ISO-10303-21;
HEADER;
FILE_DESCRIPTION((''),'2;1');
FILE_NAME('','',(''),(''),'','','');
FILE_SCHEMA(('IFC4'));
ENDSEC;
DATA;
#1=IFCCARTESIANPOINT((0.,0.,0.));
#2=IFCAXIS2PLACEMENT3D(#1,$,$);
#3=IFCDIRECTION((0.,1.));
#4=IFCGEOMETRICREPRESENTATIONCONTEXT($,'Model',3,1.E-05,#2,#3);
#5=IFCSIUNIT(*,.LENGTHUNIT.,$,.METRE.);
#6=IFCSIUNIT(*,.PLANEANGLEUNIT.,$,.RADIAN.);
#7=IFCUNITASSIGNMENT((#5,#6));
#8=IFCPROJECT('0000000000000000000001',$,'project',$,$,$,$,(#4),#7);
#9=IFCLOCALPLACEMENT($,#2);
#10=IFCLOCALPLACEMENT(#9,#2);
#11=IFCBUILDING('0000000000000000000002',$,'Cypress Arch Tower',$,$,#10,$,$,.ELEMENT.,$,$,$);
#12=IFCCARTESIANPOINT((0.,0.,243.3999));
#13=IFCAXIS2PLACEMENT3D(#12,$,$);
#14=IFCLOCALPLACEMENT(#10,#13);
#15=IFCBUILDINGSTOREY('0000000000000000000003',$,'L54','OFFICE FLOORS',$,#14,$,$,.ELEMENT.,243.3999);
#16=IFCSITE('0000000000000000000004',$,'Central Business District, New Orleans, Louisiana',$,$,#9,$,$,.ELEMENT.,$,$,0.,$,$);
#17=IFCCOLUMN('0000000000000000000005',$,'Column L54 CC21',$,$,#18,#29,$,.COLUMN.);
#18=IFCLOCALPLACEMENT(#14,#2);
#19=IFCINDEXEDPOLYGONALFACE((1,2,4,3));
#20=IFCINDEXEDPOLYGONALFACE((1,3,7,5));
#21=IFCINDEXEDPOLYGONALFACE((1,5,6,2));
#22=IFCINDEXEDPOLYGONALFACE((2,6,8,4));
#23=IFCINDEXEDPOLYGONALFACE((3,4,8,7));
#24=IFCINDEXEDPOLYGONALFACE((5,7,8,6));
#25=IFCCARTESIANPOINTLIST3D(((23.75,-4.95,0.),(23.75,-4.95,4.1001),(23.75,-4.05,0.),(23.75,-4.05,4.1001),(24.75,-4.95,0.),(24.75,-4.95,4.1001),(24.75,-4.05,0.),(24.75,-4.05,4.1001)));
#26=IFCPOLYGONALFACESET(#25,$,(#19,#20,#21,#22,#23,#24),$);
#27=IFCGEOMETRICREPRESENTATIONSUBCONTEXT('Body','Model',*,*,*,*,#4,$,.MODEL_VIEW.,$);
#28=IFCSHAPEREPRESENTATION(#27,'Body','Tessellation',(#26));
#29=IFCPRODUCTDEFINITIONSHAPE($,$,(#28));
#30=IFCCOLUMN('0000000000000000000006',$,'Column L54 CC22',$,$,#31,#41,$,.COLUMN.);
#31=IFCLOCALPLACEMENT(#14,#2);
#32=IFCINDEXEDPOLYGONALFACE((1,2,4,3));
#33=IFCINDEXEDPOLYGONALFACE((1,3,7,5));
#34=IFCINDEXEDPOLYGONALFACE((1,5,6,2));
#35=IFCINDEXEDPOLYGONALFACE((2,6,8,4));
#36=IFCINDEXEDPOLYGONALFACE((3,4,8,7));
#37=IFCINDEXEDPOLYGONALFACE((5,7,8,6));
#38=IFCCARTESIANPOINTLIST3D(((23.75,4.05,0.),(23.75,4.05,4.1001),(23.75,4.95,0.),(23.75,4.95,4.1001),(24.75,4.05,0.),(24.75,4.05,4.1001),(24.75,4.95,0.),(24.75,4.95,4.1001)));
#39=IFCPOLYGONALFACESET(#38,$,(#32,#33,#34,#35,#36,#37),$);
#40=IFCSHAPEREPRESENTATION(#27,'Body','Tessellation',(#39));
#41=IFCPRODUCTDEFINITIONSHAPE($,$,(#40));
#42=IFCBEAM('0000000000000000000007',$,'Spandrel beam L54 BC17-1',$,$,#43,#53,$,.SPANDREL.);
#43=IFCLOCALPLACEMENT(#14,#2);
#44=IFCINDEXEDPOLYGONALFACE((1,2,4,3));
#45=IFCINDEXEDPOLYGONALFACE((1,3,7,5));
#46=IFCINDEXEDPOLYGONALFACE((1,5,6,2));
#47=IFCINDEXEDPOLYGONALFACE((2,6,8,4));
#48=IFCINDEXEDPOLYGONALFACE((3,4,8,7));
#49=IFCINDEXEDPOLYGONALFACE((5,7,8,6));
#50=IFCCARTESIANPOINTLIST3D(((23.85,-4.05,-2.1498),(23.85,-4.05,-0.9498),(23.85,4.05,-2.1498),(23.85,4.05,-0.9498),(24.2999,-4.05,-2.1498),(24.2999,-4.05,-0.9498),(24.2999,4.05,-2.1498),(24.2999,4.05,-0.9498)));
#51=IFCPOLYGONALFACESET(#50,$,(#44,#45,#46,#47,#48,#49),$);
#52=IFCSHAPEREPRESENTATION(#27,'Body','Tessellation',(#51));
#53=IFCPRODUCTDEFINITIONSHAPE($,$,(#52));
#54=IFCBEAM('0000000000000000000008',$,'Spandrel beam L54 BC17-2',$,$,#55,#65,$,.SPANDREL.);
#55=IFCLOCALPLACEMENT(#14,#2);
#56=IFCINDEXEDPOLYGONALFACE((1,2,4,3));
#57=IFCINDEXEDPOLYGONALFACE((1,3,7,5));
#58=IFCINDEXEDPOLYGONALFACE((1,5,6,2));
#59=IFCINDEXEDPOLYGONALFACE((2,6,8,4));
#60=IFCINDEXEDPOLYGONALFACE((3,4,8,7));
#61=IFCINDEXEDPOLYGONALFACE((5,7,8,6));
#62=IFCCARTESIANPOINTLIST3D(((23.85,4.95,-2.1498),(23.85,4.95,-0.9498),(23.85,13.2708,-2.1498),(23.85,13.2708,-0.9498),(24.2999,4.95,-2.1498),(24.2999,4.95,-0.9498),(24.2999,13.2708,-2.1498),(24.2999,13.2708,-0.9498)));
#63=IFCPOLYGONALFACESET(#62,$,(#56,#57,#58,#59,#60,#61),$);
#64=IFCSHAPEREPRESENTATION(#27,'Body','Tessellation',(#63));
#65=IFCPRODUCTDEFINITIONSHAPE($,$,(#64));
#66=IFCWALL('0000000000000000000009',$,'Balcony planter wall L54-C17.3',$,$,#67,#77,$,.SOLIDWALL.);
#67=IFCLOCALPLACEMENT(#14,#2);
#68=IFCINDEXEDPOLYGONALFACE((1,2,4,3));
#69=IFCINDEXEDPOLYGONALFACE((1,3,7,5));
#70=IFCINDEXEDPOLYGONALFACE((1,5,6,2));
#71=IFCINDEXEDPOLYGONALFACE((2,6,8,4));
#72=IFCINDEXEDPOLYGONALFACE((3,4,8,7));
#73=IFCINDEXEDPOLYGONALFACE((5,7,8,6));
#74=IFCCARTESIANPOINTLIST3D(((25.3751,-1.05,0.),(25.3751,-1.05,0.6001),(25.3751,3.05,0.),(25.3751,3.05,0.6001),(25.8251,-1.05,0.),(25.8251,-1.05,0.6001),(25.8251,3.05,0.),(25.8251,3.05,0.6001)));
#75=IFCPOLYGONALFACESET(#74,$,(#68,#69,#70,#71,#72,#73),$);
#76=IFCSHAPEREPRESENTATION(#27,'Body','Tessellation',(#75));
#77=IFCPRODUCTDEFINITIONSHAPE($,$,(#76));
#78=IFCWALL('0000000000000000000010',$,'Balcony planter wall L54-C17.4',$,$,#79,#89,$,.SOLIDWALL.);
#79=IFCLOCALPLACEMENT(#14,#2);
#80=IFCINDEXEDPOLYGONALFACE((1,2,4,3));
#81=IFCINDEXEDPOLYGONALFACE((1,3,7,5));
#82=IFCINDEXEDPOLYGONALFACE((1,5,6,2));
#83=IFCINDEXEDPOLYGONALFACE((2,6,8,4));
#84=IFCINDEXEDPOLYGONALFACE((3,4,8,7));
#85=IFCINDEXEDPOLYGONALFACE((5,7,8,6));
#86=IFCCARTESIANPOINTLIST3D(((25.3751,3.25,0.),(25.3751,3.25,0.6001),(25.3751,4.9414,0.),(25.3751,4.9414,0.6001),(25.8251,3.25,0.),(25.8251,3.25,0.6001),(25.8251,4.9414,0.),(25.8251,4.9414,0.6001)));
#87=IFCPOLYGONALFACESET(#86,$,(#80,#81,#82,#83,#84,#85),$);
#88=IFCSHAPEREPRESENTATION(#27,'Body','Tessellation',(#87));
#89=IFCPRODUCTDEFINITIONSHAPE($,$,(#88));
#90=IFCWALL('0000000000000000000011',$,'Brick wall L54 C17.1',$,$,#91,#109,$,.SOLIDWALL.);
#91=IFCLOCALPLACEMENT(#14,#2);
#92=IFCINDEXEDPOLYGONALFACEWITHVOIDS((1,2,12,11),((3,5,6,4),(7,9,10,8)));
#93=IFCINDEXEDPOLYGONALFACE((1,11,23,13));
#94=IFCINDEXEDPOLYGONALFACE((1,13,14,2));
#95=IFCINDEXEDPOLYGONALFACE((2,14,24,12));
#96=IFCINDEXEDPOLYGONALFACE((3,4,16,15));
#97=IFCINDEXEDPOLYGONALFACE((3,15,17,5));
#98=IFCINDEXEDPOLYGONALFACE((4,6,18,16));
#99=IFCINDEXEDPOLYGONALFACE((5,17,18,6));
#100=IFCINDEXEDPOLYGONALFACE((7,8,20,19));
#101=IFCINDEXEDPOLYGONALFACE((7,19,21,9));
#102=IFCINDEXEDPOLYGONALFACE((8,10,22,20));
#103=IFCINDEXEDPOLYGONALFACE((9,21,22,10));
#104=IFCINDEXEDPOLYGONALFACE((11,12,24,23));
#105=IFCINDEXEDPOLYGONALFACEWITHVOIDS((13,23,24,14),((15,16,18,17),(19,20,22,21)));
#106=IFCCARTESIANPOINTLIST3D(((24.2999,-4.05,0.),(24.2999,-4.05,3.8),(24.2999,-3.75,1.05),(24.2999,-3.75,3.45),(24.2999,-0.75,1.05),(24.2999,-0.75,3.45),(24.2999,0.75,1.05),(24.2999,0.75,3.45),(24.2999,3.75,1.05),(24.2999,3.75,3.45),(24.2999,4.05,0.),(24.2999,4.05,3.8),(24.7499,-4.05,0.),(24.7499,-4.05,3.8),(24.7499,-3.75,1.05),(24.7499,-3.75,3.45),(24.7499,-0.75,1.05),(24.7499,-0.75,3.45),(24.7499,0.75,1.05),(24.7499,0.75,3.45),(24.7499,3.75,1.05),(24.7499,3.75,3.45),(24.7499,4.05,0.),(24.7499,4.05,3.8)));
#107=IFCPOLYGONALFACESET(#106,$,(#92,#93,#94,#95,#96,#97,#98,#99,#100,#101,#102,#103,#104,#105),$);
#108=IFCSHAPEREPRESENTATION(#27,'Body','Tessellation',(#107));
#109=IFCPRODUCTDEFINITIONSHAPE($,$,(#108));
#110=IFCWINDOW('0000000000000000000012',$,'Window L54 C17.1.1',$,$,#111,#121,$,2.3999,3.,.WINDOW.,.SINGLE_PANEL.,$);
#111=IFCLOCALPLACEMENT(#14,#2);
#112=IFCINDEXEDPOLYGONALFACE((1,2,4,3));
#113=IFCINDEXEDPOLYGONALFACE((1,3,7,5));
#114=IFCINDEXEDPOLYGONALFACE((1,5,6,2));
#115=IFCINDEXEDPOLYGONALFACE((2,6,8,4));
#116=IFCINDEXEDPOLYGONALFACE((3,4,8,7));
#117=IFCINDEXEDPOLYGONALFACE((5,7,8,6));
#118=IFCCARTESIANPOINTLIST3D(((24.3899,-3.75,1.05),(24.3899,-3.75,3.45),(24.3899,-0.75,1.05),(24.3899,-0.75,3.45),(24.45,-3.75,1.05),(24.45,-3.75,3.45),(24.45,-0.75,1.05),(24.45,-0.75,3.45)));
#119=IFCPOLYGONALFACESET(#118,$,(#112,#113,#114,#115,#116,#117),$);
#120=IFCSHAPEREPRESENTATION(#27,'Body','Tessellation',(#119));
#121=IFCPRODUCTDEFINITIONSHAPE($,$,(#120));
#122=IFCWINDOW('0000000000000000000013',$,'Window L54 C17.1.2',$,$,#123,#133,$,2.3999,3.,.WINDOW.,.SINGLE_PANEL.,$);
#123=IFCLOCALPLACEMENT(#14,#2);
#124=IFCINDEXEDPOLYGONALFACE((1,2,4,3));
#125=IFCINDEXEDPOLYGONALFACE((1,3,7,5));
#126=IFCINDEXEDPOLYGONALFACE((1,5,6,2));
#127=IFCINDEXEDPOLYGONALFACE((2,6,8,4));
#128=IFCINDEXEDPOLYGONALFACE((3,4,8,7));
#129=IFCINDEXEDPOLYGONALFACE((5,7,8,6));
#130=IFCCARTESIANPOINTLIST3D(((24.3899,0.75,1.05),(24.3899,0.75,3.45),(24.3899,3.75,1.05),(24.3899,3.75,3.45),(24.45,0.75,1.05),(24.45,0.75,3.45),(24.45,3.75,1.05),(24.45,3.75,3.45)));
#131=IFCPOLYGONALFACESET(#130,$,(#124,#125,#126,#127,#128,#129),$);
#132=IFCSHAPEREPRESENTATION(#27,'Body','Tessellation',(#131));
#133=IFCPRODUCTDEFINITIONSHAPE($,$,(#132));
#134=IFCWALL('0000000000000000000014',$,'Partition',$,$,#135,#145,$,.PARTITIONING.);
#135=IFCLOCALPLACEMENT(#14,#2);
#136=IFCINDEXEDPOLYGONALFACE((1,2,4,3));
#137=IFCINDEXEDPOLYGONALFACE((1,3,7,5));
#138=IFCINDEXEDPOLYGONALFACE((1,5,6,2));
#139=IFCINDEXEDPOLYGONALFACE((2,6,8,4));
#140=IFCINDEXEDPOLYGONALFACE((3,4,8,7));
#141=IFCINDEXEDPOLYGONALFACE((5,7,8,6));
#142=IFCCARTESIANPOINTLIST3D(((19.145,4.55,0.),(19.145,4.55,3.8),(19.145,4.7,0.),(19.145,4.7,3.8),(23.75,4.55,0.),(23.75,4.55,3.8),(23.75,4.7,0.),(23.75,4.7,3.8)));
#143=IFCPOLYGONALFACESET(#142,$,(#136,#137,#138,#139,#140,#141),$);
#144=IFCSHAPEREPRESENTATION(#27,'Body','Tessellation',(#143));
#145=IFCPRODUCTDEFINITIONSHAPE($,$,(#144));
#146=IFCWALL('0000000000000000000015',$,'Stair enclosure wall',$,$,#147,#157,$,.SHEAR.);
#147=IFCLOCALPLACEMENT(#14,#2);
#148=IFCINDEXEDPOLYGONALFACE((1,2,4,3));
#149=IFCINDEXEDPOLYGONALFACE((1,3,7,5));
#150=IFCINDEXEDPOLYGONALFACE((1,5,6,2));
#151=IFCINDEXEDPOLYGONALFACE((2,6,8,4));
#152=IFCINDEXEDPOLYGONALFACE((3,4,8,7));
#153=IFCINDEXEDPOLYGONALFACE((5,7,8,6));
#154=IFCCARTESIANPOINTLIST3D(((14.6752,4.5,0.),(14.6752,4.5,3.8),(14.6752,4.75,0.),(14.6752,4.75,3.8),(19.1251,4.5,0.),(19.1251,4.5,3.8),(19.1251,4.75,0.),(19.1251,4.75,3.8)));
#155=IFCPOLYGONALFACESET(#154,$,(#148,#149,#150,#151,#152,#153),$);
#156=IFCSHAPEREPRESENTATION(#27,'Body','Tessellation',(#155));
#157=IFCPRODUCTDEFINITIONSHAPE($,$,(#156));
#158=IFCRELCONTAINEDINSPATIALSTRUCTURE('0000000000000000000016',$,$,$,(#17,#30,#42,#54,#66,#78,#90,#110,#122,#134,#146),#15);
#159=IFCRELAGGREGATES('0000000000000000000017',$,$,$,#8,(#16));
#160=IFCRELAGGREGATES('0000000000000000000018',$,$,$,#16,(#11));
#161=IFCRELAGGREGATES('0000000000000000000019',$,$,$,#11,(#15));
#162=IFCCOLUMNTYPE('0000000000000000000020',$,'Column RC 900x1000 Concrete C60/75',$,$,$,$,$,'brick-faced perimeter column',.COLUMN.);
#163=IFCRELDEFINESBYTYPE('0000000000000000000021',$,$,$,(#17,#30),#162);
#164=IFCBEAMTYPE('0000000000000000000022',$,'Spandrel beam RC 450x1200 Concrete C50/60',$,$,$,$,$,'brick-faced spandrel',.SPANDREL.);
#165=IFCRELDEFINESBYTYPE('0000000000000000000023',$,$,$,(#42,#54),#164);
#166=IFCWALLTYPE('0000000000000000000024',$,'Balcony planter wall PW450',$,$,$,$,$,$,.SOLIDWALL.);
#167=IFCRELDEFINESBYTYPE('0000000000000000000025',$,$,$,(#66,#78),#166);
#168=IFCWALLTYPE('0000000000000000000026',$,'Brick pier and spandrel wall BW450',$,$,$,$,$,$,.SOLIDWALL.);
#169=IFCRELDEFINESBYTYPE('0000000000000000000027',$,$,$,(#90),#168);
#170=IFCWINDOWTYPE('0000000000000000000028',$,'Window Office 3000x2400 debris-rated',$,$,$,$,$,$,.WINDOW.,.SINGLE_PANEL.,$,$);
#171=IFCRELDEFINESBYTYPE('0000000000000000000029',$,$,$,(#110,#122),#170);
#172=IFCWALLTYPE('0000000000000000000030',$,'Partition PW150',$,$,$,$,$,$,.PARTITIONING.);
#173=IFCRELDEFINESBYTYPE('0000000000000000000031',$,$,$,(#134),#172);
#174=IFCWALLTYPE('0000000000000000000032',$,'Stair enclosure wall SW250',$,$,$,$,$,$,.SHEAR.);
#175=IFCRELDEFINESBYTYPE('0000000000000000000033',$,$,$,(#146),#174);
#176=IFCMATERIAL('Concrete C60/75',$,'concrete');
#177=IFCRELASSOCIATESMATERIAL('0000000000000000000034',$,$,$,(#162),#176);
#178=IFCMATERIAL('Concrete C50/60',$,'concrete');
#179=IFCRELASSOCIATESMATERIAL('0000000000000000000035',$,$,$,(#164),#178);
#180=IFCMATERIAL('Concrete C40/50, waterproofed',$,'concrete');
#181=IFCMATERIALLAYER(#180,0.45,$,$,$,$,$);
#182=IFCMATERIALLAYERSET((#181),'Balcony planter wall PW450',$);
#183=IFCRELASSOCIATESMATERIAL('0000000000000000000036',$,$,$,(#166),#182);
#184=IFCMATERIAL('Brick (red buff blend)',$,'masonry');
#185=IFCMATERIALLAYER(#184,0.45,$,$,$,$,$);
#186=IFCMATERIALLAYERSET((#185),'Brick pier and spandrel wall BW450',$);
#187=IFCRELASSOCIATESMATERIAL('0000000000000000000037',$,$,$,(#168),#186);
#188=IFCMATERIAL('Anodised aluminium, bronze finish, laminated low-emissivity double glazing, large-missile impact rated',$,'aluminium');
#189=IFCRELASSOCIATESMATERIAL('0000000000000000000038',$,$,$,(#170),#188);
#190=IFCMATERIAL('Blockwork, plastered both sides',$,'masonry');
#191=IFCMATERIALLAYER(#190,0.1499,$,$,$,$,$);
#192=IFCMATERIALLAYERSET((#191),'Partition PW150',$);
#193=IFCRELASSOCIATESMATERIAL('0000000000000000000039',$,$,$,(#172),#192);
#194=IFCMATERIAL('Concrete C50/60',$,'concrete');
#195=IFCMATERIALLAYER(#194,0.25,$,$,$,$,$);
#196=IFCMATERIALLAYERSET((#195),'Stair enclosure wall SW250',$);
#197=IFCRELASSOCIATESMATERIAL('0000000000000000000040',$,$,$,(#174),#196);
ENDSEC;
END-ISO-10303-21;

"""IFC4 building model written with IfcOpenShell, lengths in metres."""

from ifc_helpers import new_model, si_unit, direction, frame, frame_2d, origin, origin_2d, place, context, subcontext, project, spatial, rectangle, extrude, material, layer, layer_set, material_profile, profile_set, type_object, element, fill, save


model = new_model("IFC4")

# Units and contexts
model_context = context("Model", 3, precision=1e-05, world=origin(), true_north=direction((0.0, 1.0)))
body_context = subcontext(model_context, "Body", "Model", "MODEL_VIEW")
ifc_project = project(units=[si_unit("LENGTHUNIT", "METRE"), si_unit("PLANEANGLEUNIT", "RADIAN")], contexts=[model_context])

# Site, building, storey
site_placement = place(None, origin())
site = spatial("IfcSite", under=ifc_project, at=site_placement, Name="Central Business District, New Orleans, Louisiana", CompositionType="ELEMENT", RefElevation=0.0)
building_placement = place(site_placement, origin())
building = spatial("IfcBuilding", under=site, at=building_placement, Name="Cypress Arch Tower", CompositionType="ELEMENT")
storey_placement = place(building_placement, frame((0.0, 0.0, 243.3999)))
storey = spatial("IfcBuildingStorey", under=building, at=storey_placement, Name="L54", Description="OFFICE FLOORS", CompositionType="ELEMENT", Elevation=243.3999)

# Columns
ifc_material_1 = material(Name="Concrete C60/75", Category="concrete")
ifc_material_profile_1 = material_profile(ifc_material_1, rectangle(XDim=0.8999, YDim=1.0, at=origin_2d()), Name="RC 900x1000")
ifc_profile_set_1 = profile_set([ifc_material_profile_1], Name="Concrete C60/75")
column_type = type_object("IfcColumnType", Name="Column RC 900x1000 Concrete C60/75", ElementType="brick-faced perimeter column", PredefinedType="COLUMN", material=ifc_profile_set_1)
for number, where, z_axis, x_axis, name in (
    (1, (24.25, -4.5, 0.0), (0.0, 0.0, 1.0), (0.0, 1.0, 0.0), "Column L54 CC21"),
    (2, (24.25, 4.5, 0.0), (0.0, 0.0, 1.0), (0.0, 1.0, 0.0), "Column L54 CC22"),
):
    element("IfcColumn", number, at=place(storey_placement, frame(where, z_axis=z_axis, x_axis=x_axis)), inside=storey, type_object=column_type, Name=name, PredefinedType="COLUMN", context=body_context, shape_type="SweptSolid", body=[
        extrude(rectangle(XDim=0.8999, YDim=1.0, at=origin_2d()), origin(), (0.0, 0.0, 1.0), 4.1001),
    ])

# Beams
ifc_material_2 = material(Name="Concrete C50/60", Category="concrete")
ifc_material_profile_2 = material_profile(ifc_material_2, rectangle(XDim=0.45, YDim=1.2, at=origin_2d()), Name="RC 450x1200")
ifc_profile_set_2 = profile_set([ifc_material_profile_2], Name="Concrete C50/60")
beam_type = type_object("IfcBeamType", Name="Spandrel beam RC 450x1200 Concrete C50/60", ElementType="brick-faced spandrel", PredefinedType="SPANDREL", material=ifc_profile_set_2)
beam_1_placement = place(storey_placement, frame((24.075, -4.05, -1.5498), z_axis=(0.0, 1.0, 0.0), x_axis=(-1.0, 0.0, 0.0)))
element("IfcBeam", 3, at=beam_1_placement, inside=storey, type_object=beam_type, Name="Spandrel beam L54 BC17-1", PredefinedType="SPANDREL", context=body_context, shape_type="SweptSolid", body=[
    extrude(rectangle(XDim=0.45, YDim=1.2, at=origin_2d()), origin(), (0.0, 0.0, 1.0), 8.1001),
])
beam_2_placement = place(storey_placement, frame((24.075, 4.95, -1.5498), z_axis=(0.0, 1.0, 0.0), x_axis=(-1.0, 0.0, 0.0)))
element("IfcBeam", 4, at=beam_2_placement, inside=storey, type_object=beam_type, Name="Spandrel beam L54 BC17-2", PredefinedType="SPANDREL", context=body_context, shape_type="SweptSolid", body=[
    extrude(rectangle(XDim=0.45, YDim=1.2, at=origin_2d()), origin(), (0.0, 0.0, 1.0), 8.3208),
])

# Walls
ifc_material_3 = material(Name="Concrete C40/50, waterproofed", Category="concrete")
ifc_layer_1 = layer(ifc_material_3, 0.45)
ifc_layer_set_1 = layer_set([ifc_layer_1], Name="Balcony planter wall PW450")
wall_type_1 = type_object("IfcWallType", Name="Balcony planter wall PW450", PredefinedType="SOLIDWALL", material=ifc_layer_set_1)
wall_1_placement = place(storey_placement, frame((25.6001, -1.05, 0.0), z_axis=(0.0, 0.0, 1.0), x_axis=(0.0, 1.0, 0.0)))
element("IfcWall", 5, at=wall_1_placement, inside=storey, type_object=wall_type_1, Name="Balcony planter wall L54-C17.3", PredefinedType="SOLIDWALL", context=body_context, shape_type="SweptSolid", body=[
    extrude(rectangle(XDim=4.1001, YDim=0.45, at=frame_2d((2.05, 0.0))), origin(), (0.0, 0.0, 1.0), 0.6001),
])
wall_2_placement = place(storey_placement, frame((25.6001, 3.25, 0.0), z_axis=(0.0, 0.0, 1.0), x_axis=(0.0, 1.0, 0.0)))
element("IfcWall", 6, at=wall_2_placement, inside=storey, type_object=wall_type_1, Name="Balcony planter wall L54-C17.4", PredefinedType="SOLIDWALL", context=body_context, shape_type="SweptSolid", body=[
    extrude(rectangle(XDim=1.6914, YDim=0.45, at=frame_2d((0.8457, 0.0))), origin(), (0.0, 0.0, 1.0), 0.6001),
])

# Wall, openings, windows
ifc_material_4 = material(Name="Brick (red buff blend)", Category="masonry")
ifc_layer_2 = layer(ifc_material_4, 0.45)
ifc_layer_set_2 = layer_set([ifc_layer_2], Name="Brick pier and spandrel wall BW450")
wall_type_2 = type_object("IfcWallType", Name="Brick pier and spandrel wall BW450", PredefinedType="SOLIDWALL", material=ifc_layer_set_2)
wall_3_placement = place(storey_placement, frame((24.5249, -4.05, 0.0), z_axis=(0.0, 0.0, 1.0), x_axis=(0.0, 1.0, 0.0)))
wall_3 = element("IfcWall", 7, at=wall_3_placement, inside=storey, type_object=wall_type_2, Name="Brick wall L54 C17.1", PredefinedType="SOLIDWALL", context=body_context, shape_type="SweptSolid", body=[
    extrude(rectangle(XDim=8.1001, YDim=0.45, at=frame_2d((4.05, 0.0))), origin(), (0.0, 0.0, 1.0), 3.8),
])
opening_1_placement = place(wall_3_placement, frame((0.3, 0.0, 1.05)))
opening_1 = element("IfcOpeningElement", 8, at=opening_1_placement, cuts=wall_3, PredefinedType="OPENING", context=body_context, shape_type="SweptSolid", body=[
    extrude(rectangle(XDim=3.0, YDim=2.3999, at=frame_2d((1.5, 1.2))), frame((0.0, 0.2349, 0.0), z_axis=(0.0, -1.0, 0.0), x_axis=(1.0, 0.0, 0.0)), (0.0, 0.0, 1.0), 0.47),
])
opening_2_placement = place(wall_3_placement, frame((4.8, 0.0, 1.05)))
opening_2 = element("IfcOpeningElement", 9, at=opening_2_placement, cuts=wall_3, PredefinedType="OPENING", context=body_context, shape_type="SweptSolid", body=[
    extrude(rectangle(XDim=3.0, YDim=2.3999, at=frame_2d((1.5, 1.2))), frame((0.0, 0.2349, 0.0), z_axis=(0.0, -1.0, 0.0), x_axis=(1.0, 0.0, 0.0)), (0.0, 0.0, 1.0), 0.47),
])
ifc_material_5 = material(Name="Anodised aluminium, bronze finish, laminated low-emissivity double glazing, large-missile impact rated", Category="aluminium")
window_type_1 = type_object("IfcWindowType", Name="Window Office 3000x2400 debris-rated", PartitioningType="SINGLE_PANEL", PredefinedType="WINDOW", material=ifc_material_5)
window_1_placement = place(opening_1_placement, origin())
window_1 = element("IfcWindow", 10, at=window_1_placement, inside=storey, type_object=window_type_1, Name="Window L54 C17.1.1", OverallHeight=2.3999, OverallWidth=3.0, PartitioningType="SINGLE_PANEL", PredefinedType="WINDOW", context=body_context, shape_type="SweptSolid", body=[
    extrude(rectangle(XDim=3.0, YDim=2.3999, at=frame_2d((1.5, 1.2))), frame((0.0, 0.135, 0.0), z_axis=(0.0, -1.0, 0.0), x_axis=(1.0, 0.0, 0.0)), (0.0, 0.0, 1.0), 0.0601),
])
fill(opening_1, window_1)
window_2_placement = place(opening_2_placement, origin())
window_2 = element("IfcWindow", 11, at=window_2_placement, inside=storey, type_object=window_type_1, Name="Window L54 C17.1.2", OverallHeight=2.3999, OverallWidth=3.0, PartitioningType="SINGLE_PANEL", PredefinedType="WINDOW", context=body_context, shape_type="SweptSolid", body=[
    extrude(rectangle(XDim=3.0, YDim=2.3999, at=frame_2d((1.5, 1.2))), frame((0.0, 0.135, 0.0), z_axis=(0.0, -1.0, 0.0), x_axis=(1.0, 0.0, 0.0)), (0.0, 0.0, 1.0), 0.0601),
])
fill(opening_2, window_2)

# Walls
ifc_material_6 = material(Name="Blockwork, plastered both sides", Category="masonry")
ifc_layer_3 = layer(ifc_material_6, 0.1499)
ifc_layer_set_3 = layer_set([ifc_layer_3], Name="Partition PW150")
wall_type_3 = type_object("IfcWallType", Name="Partition PW150", PredefinedType="PARTITIONING", material=ifc_layer_set_3)
wall_4_placement = place(storey_placement, frame((19.145, 4.625, 0.0), z_axis=(0.0, 0.0, 1.0), x_axis=(1.0, 0.0, 0.0)))
element("IfcWall", 12, at=wall_4_placement, inside=storey, type_object=wall_type_3, Name="Partition", PredefinedType="PARTITIONING", context=body_context, shape_type="SweptSolid", body=[
    extrude(rectangle(XDim=4.605, YDim=0.1499, at=frame_2d((2.3025, 0.0))), origin(), (0.0, 0.0, 1.0), 3.8),
])
ifc_material_7 = material(Name="Concrete C50/60", Category="concrete")
ifc_layer_4 = layer(ifc_material_7, 0.25)
ifc_layer_set_4 = layer_set([ifc_layer_4], Name="Stair enclosure wall SW250")
wall_type_4 = type_object("IfcWallType", Name="Stair enclosure wall SW250", PredefinedType="SHEAR", material=ifc_layer_set_4)
wall_5_placement = place(storey_placement, frame((14.675, 4.625, 0.0), z_axis=(0.0, 0.0, 1.0), x_axis=(1.0, 0.0, 0.0)))
element("IfcWall", 13, at=wall_5_placement, inside=storey, type_object=wall_type_4, Name="Stair enclosure wall", PredefinedType="SHEAR", context=body_context, shape_type="SweptSolid", body=[
    extrude(rectangle(XDim=4.45, YDim=0.25, at=frame_2d((2.2251, 0.0))), origin(), (0.0, 0.0, 1.0), 3.8),
])

save(model, "model.ifc")
